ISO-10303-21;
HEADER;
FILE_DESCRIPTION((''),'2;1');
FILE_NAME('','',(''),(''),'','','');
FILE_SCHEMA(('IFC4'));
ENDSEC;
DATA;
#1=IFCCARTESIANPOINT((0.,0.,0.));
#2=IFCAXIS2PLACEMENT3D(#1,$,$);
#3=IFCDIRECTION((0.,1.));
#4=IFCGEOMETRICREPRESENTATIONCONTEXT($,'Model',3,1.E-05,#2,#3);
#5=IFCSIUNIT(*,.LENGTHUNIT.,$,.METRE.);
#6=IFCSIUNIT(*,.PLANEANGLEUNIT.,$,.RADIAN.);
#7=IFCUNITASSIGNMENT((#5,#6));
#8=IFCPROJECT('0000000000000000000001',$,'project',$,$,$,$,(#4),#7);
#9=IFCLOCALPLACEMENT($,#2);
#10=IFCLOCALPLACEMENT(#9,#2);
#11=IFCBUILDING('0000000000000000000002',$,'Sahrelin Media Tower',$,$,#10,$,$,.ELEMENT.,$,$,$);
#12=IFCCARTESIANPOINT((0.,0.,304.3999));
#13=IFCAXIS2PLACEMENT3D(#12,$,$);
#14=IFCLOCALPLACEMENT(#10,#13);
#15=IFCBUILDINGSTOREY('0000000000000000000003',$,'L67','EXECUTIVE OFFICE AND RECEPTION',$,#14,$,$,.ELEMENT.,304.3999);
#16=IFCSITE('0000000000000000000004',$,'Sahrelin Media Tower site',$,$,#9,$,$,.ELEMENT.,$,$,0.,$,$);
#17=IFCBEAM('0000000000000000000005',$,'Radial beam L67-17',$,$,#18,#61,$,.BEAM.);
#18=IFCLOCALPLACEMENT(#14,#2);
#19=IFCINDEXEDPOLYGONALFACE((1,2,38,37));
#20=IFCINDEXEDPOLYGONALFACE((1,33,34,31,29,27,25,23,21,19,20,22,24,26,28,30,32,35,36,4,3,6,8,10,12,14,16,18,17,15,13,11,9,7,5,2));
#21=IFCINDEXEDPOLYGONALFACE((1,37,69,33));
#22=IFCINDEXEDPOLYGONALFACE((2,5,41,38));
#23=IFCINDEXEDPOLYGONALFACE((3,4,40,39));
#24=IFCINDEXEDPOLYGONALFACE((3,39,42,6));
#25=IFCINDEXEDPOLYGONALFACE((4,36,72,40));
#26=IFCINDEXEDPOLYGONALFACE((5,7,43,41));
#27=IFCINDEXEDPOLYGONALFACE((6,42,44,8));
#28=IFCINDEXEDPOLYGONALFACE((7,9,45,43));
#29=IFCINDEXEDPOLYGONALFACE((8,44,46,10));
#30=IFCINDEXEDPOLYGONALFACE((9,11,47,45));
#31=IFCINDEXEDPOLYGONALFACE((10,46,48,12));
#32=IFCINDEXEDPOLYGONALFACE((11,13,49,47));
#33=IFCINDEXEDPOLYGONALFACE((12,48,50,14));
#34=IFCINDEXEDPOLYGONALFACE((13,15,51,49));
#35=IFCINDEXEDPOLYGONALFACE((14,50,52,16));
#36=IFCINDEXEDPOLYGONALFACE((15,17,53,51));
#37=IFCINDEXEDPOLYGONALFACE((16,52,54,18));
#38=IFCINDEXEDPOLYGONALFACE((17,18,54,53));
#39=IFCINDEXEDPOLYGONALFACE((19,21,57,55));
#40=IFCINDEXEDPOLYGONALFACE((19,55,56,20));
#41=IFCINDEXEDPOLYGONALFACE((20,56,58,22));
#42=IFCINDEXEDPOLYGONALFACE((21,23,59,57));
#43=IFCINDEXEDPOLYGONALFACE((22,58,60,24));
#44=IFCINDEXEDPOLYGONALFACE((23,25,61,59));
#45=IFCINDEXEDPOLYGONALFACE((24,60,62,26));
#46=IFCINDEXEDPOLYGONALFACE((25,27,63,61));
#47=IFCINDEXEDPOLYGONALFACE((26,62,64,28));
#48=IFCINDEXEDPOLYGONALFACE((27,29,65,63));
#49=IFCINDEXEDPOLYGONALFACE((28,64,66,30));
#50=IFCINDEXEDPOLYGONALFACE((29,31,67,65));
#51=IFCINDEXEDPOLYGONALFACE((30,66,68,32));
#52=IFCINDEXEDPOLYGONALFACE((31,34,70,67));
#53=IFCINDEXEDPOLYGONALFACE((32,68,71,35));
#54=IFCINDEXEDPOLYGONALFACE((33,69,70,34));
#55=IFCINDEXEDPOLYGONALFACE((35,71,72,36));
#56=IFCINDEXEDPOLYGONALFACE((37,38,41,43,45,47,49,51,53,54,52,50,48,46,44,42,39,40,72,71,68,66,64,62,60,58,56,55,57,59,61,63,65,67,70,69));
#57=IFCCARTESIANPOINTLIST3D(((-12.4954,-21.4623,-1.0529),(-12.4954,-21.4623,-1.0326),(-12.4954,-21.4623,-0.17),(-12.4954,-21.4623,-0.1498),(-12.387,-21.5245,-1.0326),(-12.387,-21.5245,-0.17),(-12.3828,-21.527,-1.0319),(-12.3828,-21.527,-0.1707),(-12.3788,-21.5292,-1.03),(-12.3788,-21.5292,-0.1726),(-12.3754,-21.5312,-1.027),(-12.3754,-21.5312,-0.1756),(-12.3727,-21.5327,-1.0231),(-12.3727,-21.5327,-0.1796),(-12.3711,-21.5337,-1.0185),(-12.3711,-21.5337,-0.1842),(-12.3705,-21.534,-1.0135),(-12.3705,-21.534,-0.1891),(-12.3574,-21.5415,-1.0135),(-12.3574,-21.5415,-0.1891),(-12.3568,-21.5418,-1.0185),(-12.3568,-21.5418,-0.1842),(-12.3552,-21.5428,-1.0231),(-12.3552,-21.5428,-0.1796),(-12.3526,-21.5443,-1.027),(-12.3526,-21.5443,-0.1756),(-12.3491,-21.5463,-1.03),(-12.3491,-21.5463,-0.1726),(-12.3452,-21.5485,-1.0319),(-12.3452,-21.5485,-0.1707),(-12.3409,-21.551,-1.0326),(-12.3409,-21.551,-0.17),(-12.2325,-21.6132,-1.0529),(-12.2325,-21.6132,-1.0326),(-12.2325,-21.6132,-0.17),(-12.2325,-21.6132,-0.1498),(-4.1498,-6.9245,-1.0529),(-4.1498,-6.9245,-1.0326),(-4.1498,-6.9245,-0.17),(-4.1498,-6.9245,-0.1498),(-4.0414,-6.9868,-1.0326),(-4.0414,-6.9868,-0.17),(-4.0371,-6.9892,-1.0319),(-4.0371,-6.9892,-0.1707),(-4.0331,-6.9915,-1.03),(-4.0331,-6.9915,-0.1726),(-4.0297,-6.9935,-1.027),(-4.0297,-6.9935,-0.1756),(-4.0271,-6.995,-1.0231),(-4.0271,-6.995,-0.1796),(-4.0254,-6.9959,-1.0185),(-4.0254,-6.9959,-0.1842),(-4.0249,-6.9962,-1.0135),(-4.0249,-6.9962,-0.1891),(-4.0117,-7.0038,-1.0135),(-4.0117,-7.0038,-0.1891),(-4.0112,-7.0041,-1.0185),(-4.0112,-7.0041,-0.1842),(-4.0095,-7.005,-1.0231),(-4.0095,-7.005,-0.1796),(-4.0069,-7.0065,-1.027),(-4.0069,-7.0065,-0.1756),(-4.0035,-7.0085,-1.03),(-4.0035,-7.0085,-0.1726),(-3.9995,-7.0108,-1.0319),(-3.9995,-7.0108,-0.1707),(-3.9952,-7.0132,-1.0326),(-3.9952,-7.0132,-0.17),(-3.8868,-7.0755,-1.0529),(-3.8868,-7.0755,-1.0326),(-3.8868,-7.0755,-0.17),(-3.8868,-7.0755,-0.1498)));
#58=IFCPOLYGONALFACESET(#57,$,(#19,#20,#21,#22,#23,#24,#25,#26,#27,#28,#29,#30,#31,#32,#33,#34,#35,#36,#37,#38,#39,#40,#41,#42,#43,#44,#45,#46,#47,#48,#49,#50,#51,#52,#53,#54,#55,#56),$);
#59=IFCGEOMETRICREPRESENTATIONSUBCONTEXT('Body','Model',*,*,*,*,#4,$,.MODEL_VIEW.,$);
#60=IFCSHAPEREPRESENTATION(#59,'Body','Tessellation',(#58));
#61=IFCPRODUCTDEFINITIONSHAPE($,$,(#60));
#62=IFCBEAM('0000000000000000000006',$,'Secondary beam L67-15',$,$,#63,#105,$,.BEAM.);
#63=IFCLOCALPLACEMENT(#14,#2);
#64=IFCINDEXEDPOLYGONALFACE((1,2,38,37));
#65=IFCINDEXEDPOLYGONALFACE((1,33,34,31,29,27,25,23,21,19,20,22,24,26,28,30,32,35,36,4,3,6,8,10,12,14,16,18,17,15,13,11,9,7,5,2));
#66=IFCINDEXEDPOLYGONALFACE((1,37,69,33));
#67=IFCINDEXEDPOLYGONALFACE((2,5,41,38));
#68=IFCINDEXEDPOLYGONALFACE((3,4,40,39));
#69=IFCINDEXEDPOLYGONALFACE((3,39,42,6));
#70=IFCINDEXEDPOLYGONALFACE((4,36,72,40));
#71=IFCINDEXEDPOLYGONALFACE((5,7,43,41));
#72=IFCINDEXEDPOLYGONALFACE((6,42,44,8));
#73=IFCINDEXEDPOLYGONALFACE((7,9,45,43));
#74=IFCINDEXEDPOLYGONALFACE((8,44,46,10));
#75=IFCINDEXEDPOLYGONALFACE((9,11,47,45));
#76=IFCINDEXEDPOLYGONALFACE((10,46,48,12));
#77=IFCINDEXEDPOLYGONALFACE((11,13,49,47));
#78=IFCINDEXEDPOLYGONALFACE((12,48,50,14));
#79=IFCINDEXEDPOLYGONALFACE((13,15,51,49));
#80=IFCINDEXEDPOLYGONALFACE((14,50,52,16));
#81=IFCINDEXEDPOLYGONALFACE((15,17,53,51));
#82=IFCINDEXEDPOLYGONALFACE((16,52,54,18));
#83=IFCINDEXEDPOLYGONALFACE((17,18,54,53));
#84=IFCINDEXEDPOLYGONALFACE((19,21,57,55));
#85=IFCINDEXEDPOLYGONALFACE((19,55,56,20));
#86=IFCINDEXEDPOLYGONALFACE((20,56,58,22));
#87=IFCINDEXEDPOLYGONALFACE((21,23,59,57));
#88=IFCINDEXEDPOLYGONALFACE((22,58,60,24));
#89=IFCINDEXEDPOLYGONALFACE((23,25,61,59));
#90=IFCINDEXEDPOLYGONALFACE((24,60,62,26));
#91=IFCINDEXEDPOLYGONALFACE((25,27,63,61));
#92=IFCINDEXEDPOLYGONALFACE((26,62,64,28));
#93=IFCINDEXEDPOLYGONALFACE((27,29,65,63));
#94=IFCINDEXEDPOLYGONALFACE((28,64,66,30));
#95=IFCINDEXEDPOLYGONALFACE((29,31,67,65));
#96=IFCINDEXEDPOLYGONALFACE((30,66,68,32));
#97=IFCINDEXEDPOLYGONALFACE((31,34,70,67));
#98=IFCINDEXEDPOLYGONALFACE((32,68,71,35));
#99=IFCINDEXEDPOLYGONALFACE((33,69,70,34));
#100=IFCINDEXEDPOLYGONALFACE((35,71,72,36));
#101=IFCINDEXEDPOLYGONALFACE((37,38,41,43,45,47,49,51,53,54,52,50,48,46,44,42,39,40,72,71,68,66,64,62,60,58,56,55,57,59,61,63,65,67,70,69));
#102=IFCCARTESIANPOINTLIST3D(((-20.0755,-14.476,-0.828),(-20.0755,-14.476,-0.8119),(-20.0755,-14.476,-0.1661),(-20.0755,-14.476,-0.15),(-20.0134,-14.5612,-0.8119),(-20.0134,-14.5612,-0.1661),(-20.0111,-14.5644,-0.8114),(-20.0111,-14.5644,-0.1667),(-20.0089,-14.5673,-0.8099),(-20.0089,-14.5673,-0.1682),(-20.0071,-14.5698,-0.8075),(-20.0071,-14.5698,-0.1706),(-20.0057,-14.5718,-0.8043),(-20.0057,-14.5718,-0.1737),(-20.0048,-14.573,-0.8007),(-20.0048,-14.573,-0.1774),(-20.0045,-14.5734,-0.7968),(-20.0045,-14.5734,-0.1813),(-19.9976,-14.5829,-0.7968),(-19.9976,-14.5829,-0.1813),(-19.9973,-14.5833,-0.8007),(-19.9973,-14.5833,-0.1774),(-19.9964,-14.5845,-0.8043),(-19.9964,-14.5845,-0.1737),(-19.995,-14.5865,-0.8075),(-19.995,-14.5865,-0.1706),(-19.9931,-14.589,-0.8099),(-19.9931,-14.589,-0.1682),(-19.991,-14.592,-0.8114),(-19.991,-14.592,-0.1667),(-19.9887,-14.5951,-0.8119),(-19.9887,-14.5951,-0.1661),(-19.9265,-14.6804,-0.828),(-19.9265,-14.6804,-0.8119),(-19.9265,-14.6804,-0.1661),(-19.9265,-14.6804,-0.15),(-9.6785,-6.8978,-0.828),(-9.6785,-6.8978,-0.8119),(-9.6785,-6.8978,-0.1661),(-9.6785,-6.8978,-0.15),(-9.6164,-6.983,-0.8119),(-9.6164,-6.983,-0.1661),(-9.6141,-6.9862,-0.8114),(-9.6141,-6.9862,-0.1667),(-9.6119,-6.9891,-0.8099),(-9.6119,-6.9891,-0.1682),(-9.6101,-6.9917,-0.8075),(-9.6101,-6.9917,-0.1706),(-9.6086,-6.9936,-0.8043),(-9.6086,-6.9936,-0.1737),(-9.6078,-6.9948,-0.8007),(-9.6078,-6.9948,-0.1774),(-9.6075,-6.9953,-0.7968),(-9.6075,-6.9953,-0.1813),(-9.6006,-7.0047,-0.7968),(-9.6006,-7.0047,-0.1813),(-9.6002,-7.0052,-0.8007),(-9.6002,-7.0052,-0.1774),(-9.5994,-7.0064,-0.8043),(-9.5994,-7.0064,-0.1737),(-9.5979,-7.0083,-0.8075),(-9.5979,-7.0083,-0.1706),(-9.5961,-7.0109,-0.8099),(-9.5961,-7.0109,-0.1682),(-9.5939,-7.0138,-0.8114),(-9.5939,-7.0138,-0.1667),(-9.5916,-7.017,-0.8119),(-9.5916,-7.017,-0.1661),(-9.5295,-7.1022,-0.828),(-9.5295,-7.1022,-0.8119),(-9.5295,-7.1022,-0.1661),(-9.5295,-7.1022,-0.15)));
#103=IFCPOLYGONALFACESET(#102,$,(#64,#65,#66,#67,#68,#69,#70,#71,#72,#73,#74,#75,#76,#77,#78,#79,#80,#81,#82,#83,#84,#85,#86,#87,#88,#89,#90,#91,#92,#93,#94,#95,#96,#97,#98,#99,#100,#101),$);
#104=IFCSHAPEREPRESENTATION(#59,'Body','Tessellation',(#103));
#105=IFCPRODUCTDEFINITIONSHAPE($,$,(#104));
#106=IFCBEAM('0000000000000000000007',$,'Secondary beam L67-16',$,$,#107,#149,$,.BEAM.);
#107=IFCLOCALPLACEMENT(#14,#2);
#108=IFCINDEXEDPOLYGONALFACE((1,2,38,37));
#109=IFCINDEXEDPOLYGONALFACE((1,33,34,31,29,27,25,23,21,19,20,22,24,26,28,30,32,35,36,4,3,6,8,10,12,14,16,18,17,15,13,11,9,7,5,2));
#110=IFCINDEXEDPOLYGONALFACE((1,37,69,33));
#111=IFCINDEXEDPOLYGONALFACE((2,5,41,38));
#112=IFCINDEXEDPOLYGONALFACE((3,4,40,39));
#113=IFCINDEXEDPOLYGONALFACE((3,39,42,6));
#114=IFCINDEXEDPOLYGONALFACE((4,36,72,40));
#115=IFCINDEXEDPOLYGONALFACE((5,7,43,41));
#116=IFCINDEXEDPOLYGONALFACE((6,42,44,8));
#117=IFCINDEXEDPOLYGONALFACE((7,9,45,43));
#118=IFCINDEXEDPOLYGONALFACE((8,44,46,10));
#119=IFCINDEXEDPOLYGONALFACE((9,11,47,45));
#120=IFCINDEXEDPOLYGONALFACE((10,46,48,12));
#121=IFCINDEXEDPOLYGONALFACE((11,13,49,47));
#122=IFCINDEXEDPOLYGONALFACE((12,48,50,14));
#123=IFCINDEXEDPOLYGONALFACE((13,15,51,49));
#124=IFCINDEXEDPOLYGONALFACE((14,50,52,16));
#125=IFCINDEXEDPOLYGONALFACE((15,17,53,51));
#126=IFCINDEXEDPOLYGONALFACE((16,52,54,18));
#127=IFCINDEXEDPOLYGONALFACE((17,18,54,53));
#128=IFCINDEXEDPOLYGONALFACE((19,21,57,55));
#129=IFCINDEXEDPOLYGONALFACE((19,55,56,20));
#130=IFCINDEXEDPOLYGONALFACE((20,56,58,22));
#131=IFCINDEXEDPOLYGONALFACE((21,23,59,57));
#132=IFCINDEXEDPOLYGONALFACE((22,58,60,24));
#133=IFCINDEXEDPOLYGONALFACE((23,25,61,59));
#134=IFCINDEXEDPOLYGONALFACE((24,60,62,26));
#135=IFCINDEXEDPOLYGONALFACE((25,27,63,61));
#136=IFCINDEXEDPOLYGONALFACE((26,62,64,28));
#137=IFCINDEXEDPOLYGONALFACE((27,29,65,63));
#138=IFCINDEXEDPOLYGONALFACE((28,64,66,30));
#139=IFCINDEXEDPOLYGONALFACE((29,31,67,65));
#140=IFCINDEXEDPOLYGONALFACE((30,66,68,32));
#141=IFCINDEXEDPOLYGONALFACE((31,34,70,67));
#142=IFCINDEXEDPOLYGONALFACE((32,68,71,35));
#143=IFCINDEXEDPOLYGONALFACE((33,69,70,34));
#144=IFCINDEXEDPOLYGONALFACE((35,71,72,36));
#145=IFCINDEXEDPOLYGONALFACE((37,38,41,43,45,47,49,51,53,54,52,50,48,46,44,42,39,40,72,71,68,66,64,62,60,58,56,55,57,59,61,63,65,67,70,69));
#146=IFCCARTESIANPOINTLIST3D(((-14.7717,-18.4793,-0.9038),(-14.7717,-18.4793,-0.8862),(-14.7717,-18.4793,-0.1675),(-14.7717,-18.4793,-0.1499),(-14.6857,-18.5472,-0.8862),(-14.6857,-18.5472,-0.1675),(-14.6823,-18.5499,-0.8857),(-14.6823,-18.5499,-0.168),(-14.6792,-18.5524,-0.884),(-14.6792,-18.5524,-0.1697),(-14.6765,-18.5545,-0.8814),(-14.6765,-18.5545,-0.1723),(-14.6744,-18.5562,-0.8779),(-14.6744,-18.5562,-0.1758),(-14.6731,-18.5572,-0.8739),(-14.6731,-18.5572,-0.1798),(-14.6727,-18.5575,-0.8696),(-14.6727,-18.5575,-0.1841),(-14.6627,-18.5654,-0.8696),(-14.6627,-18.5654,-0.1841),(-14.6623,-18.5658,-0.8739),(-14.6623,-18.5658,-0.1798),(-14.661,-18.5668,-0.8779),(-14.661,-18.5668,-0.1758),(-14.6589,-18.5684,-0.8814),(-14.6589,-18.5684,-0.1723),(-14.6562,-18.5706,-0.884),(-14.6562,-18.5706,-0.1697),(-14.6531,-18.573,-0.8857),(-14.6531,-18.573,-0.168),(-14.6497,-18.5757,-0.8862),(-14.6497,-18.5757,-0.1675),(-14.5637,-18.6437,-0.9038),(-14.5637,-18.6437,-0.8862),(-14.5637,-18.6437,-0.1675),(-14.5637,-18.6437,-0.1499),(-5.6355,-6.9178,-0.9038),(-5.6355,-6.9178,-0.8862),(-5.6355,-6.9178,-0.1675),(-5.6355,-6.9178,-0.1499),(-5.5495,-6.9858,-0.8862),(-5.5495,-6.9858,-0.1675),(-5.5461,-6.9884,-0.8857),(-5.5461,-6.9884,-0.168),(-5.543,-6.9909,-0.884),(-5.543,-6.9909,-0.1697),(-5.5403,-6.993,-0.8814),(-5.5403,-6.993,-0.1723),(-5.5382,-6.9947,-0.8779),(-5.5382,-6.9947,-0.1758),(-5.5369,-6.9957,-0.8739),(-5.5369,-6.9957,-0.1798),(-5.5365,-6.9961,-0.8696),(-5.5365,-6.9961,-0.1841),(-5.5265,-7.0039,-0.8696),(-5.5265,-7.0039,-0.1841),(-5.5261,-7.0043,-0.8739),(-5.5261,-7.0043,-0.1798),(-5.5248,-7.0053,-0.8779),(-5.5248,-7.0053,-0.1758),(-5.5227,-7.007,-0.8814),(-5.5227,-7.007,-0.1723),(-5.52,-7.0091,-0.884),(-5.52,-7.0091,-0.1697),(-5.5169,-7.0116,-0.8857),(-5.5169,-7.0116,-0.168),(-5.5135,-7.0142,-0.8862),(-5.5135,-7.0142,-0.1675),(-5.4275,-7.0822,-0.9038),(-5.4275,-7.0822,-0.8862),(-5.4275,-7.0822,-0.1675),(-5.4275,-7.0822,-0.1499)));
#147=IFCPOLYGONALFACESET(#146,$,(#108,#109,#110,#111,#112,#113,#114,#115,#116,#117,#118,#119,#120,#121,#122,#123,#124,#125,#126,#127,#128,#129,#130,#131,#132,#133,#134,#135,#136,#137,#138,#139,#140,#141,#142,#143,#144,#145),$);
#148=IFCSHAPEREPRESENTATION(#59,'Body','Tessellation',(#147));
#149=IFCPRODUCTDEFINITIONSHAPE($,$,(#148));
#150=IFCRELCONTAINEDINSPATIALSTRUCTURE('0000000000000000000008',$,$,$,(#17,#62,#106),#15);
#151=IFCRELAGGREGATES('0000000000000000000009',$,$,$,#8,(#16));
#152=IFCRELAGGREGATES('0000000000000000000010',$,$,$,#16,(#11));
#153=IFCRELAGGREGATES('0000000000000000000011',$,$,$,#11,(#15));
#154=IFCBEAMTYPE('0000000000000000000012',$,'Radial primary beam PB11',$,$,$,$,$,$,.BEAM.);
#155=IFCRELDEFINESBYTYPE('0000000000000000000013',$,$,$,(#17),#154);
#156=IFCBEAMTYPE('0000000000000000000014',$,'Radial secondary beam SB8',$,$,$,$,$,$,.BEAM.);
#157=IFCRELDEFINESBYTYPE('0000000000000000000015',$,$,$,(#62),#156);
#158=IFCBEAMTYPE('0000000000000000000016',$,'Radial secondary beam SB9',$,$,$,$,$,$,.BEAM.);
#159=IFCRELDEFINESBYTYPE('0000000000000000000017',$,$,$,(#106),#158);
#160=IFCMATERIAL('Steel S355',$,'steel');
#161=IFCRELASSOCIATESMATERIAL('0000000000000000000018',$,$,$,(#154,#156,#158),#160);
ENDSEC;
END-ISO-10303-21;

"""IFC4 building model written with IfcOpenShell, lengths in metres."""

from ifc_helpers import new_model, si_unit, direction, frame, origin, origin_2d, place, context, subcontext, project, spatial, i_section, extrude, material, material_profile, profile_set, type_object, element, save


model = new_model("IFC4")

# Units and contexts
model_context = context("Model", 3, precision=1e-05, world=origin(), true_north=direction((0.0, 1.0)))
body_context = subcontext(model_context, "Body", "Model", "MODEL_VIEW")
ifc_project = project(units=[si_unit("LENGTHUNIT", "METRE"), si_unit("PLANEANGLEUNIT", "RADIAN")], contexts=[model_context])

# Site, building, storey
site_placement = place(None, origin())
site = spatial("IfcSite", under=ifc_project, at=site_placement, Name="Sahrelin Media Tower site", CompositionType="ELEMENT", RefElevation=0.0)
building_placement = place(site_placement, origin())
building = spatial("IfcBuilding", under=site, at=building_placement, Name="Sahrelin Media Tower", CompositionType="ELEMENT")
storey_placement = place(building_placement, frame((0.0, 0.0, 304.3999)))
storey = spatial("IfcBuildingStorey", under=building, at=storey_placement, Name="L67", Description="EXECUTIVE OFFICE AND RECEPTION", CompositionType="ELEMENT", Elevation=304.3999)

# Shared definitions
ifc_material_1 = material(Name="Steel S355", Category="steel")

# Beams
ifc_material_profile_1 = material_profile(ifc_material_1, i_section(OverallWidth=0.3032, OverallDepth=0.9031, WebThickness=0.0151, FlangeThickness=0.0203, FilletRadius=0.019, at=origin_2d()), Name="UB 914x305x201")
ifc_profile_set_1 = profile_set([ifc_material_profile_1], Name="Steel S355")
beam_type_1 = type_object("IfcBeamType", Name="Radial primary beam PB11", PredefinedType="BEAM", material=ifc_profile_set_1)
beam_1_placement = place(storey_placement, frame((-4.0183, -7.0, -0.6013), z_axis=(-0.497863, -0.867256, 0.0), x_axis=(0.867256, -0.497863, 0.0)))
element("IfcBeam", 1, at=beam_1_placement, inside=storey, type_object=beam_type_1, Name="Radial beam L67-17", PredefinedType="BEAM", context=body_context, shape_type="SweptSolid", body=[
    extrude(i_section(OverallWidth=0.3032, OverallDepth=0.9031, WebThickness=0.0151, FlangeThickness=0.0203, FilletRadius=0.019, at=origin_2d()), origin(), (0.0, 0.0, 1.0), 16.7629),
])
ifc_material_profile_2 = material_profile(ifc_material_1, i_section(OverallWidth=0.2529, OverallDepth=0.678, WebThickness=0.0117, FlangeThickness=0.0161, FilletRadius=0.0151, at=origin_2d()), Name="UB 686x254x125")
ifc_profile_set_2 = profile_set([ifc_material_profile_2], Name="Steel S355")
beam_type_2 = type_object("IfcBeamType", Name="Radial secondary beam SB8", PredefinedType="BEAM", material=ifc_profile_set_2)
beam_2_placement = place(storey_placement, frame((-9.604, -7.0, -0.489), z_axis=(-0.808119, -0.58902, 0.0), x_axis=(0.58902, -0.808119, 0.0)))
element("IfcBeam", 2, at=beam_2_placement, inside=storey, type_object=beam_type_2, Name="Secondary beam L67-15", PredefinedType="BEAM", context=body_context, shape_type="SweptSolid", body=[
    extrude(i_section(OverallWidth=0.2529, OverallDepth=0.678, WebThickness=0.0117, FlangeThickness=0.0161, FilletRadius=0.0151, at=origin_2d()), origin(), (0.0, 0.0, 1.0), 12.8657),
])
ifc_material_profile_3 = material_profile(ifc_material_1, i_section(OverallWidth=0.2651, OverallDepth=0.7539, WebThickness=0.0127, FlangeThickness=0.0176, FilletRadius=0.0166, at=origin_2d()), Name="UB 762x267x147")
ifc_profile_set_3 = profile_set([ifc_material_profile_3], Name="Steel S355")
beam_type_3 = type_object("IfcBeamType", Name="Radial secondary beam SB9", PredefinedType="BEAM", material=ifc_profile_set_3)
beam_3_placement = place(storey_placement, frame((-5.5315, -7.0, -0.5269), z_axis=(-0.620008, -0.784595, 0.0), x_axis=(0.784595, -0.620008, 0.0)))
element("IfcBeam", 3, at=beam_3_placement, inside=storey, type_object=beam_type_3, Name="Secondary beam L67-16", PredefinedType="BEAM", context=body_context, shape_type="SweptSolid", body=[
    extrude(i_section(OverallWidth=0.2651, OverallDepth=0.7539, WebThickness=0.0127, FlangeThickness=0.0176, FilletRadius=0.0166, at=origin_2d()), origin(), (0.0, 0.0, 1.0), 14.7356),
])

save(model, "model.ifc")
